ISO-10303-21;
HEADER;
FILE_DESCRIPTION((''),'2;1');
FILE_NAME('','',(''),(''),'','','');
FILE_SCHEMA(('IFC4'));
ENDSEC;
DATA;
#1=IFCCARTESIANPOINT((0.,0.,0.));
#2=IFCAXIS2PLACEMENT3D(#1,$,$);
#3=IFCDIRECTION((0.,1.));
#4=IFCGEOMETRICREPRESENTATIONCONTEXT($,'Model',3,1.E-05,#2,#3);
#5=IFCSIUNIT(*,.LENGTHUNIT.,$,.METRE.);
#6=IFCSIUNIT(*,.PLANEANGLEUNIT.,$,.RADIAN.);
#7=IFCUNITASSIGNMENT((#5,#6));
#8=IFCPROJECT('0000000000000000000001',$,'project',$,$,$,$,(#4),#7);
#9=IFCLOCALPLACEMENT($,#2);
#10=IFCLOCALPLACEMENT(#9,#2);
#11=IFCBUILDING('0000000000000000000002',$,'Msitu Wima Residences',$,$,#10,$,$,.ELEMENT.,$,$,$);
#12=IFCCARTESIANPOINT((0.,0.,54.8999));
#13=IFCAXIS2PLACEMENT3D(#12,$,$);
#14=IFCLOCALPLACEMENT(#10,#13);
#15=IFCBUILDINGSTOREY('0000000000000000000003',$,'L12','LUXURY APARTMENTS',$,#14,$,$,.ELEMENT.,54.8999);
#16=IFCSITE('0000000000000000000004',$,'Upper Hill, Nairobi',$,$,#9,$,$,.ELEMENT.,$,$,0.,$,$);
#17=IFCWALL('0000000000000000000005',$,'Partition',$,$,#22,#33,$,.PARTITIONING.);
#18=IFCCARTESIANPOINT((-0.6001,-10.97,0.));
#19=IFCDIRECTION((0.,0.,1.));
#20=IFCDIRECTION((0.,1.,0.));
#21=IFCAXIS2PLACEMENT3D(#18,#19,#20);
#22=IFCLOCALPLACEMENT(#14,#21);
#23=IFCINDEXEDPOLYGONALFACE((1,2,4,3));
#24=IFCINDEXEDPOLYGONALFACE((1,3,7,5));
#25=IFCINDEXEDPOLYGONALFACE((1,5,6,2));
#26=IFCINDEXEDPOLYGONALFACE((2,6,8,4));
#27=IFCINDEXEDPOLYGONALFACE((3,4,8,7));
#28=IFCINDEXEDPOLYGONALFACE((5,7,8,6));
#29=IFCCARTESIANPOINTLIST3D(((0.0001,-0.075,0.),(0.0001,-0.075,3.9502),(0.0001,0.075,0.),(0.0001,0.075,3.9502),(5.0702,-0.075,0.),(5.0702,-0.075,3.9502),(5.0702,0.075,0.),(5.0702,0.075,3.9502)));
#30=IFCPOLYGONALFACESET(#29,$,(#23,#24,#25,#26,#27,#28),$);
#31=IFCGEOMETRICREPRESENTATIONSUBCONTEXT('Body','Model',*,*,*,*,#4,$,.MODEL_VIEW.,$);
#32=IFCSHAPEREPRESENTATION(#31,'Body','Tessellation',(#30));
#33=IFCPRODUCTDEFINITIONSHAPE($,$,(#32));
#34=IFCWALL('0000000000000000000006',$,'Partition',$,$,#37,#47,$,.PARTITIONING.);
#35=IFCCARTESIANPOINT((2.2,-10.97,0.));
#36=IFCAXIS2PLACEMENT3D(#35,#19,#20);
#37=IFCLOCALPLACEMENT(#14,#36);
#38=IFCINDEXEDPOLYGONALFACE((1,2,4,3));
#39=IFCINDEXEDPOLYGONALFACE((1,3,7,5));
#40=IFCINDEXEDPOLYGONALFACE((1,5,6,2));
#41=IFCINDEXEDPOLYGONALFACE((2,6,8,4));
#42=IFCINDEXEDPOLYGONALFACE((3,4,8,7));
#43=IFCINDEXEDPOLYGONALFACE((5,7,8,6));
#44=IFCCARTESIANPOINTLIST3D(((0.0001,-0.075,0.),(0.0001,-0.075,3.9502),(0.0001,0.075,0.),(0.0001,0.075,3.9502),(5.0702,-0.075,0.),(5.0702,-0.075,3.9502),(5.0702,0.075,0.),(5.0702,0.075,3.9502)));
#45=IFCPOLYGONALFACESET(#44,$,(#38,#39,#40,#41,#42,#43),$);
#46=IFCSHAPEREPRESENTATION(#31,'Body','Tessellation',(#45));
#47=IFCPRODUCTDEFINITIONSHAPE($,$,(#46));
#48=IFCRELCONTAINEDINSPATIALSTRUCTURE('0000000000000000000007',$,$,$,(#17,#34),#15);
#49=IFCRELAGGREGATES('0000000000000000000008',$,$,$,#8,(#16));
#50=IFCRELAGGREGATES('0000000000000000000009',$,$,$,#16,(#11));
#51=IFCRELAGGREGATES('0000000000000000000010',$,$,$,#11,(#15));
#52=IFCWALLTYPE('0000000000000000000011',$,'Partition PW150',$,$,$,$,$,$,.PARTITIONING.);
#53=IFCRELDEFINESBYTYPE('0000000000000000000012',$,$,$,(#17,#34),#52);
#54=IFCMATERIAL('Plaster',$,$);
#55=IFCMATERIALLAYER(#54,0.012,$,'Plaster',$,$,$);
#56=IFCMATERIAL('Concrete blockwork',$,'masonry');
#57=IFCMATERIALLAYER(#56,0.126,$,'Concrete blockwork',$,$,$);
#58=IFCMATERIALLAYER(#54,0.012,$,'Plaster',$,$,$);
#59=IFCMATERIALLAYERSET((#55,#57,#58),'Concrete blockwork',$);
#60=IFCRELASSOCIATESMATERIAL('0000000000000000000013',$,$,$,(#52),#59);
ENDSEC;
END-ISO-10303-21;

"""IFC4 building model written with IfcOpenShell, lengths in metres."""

from ifc_helpers import new_model, si_unit, direction, frame, frame_2d, origin, place, context, subcontext, project, spatial, rectangle, extrude, material, layer, layer_set, type_object, element, save


model = new_model("IFC4")

# Units and contexts
model_context = context("Model", 3, precision=1e-05, world=origin(), true_north=direction((0.0, 1.0)))
body_context = subcontext(model_context, "Body", "Model", "MODEL_VIEW")
ifc_project = project(units=[si_unit("LENGTHUNIT", "METRE"), si_unit("PLANEANGLEUNIT", "RADIAN")], contexts=[model_context])

# Site, building, storey
site_placement = place(None, origin())
site = spatial("IfcSite", under=ifc_project, at=site_placement, Name="Upper Hill, Nairobi", CompositionType="ELEMENT", RefElevation=0.0)
building_placement = place(site_placement, origin())
building = spatial("IfcBuilding", under=site, at=building_placement, Name="Msitu Wima Residences", CompositionType="ELEMENT")
storey_placement = place(building_placement, frame((0.0, 0.0, 54.8999)))
storey = spatial("IfcBuildingStorey", under=building, at=storey_placement, Name="L12", Description="LUXURY APARTMENTS", CompositionType="ELEMENT", Elevation=54.8999)

# Walls
ifc_material_1 = material(Name="Plaster")
ifc_layer_1 = layer(ifc_material_1, 0.012, Name="Plaster")
ifc_material_2 = material(Name="Concrete blockwork", Category="masonry")
ifc_layer_2 = layer(ifc_material_2, 0.126, Name="Concrete blockwork")
ifc_layer_3 = layer(ifc_material_1, 0.012, Name="Plaster")
ifc_layer_set_1 = layer_set([ifc_layer_1, ifc_layer_2, ifc_layer_3], Name="Concrete blockwork")
wall_type_1 = type_object("IfcWallType", Name="Partition PW150", PredefinedType="PARTITIONING", material=ifc_layer_set_1)
for number, where, z_axis, x_axis, name in (
    (1, (-0.6001, -10.97, 0.0), (0.0, 0.0, 1.0), (0.0, 1.0, 0.0), "Partition"),
    (2, (2.2, -10.97, 0.0), (0.0, 0.0, 1.0), (0.0, 1.0, 0.0), "Partition"),
):
    element("IfcWall", number, at=place(storey_placement, frame(where, z_axis=z_axis, x_axis=x_axis)), inside=storey, type_object=wall_type_1, Name=name, PredefinedType="PARTITIONING", context=body_context, shape_type="SweptSolid", body=[
        extrude(rectangle(XDim=5.0701, YDim=0.1499, at=frame_2d((2.5352, 0.0))), origin(), (0.0, 0.0, 1.0), 3.9502),
    ])

save(model, "model.ifc")
